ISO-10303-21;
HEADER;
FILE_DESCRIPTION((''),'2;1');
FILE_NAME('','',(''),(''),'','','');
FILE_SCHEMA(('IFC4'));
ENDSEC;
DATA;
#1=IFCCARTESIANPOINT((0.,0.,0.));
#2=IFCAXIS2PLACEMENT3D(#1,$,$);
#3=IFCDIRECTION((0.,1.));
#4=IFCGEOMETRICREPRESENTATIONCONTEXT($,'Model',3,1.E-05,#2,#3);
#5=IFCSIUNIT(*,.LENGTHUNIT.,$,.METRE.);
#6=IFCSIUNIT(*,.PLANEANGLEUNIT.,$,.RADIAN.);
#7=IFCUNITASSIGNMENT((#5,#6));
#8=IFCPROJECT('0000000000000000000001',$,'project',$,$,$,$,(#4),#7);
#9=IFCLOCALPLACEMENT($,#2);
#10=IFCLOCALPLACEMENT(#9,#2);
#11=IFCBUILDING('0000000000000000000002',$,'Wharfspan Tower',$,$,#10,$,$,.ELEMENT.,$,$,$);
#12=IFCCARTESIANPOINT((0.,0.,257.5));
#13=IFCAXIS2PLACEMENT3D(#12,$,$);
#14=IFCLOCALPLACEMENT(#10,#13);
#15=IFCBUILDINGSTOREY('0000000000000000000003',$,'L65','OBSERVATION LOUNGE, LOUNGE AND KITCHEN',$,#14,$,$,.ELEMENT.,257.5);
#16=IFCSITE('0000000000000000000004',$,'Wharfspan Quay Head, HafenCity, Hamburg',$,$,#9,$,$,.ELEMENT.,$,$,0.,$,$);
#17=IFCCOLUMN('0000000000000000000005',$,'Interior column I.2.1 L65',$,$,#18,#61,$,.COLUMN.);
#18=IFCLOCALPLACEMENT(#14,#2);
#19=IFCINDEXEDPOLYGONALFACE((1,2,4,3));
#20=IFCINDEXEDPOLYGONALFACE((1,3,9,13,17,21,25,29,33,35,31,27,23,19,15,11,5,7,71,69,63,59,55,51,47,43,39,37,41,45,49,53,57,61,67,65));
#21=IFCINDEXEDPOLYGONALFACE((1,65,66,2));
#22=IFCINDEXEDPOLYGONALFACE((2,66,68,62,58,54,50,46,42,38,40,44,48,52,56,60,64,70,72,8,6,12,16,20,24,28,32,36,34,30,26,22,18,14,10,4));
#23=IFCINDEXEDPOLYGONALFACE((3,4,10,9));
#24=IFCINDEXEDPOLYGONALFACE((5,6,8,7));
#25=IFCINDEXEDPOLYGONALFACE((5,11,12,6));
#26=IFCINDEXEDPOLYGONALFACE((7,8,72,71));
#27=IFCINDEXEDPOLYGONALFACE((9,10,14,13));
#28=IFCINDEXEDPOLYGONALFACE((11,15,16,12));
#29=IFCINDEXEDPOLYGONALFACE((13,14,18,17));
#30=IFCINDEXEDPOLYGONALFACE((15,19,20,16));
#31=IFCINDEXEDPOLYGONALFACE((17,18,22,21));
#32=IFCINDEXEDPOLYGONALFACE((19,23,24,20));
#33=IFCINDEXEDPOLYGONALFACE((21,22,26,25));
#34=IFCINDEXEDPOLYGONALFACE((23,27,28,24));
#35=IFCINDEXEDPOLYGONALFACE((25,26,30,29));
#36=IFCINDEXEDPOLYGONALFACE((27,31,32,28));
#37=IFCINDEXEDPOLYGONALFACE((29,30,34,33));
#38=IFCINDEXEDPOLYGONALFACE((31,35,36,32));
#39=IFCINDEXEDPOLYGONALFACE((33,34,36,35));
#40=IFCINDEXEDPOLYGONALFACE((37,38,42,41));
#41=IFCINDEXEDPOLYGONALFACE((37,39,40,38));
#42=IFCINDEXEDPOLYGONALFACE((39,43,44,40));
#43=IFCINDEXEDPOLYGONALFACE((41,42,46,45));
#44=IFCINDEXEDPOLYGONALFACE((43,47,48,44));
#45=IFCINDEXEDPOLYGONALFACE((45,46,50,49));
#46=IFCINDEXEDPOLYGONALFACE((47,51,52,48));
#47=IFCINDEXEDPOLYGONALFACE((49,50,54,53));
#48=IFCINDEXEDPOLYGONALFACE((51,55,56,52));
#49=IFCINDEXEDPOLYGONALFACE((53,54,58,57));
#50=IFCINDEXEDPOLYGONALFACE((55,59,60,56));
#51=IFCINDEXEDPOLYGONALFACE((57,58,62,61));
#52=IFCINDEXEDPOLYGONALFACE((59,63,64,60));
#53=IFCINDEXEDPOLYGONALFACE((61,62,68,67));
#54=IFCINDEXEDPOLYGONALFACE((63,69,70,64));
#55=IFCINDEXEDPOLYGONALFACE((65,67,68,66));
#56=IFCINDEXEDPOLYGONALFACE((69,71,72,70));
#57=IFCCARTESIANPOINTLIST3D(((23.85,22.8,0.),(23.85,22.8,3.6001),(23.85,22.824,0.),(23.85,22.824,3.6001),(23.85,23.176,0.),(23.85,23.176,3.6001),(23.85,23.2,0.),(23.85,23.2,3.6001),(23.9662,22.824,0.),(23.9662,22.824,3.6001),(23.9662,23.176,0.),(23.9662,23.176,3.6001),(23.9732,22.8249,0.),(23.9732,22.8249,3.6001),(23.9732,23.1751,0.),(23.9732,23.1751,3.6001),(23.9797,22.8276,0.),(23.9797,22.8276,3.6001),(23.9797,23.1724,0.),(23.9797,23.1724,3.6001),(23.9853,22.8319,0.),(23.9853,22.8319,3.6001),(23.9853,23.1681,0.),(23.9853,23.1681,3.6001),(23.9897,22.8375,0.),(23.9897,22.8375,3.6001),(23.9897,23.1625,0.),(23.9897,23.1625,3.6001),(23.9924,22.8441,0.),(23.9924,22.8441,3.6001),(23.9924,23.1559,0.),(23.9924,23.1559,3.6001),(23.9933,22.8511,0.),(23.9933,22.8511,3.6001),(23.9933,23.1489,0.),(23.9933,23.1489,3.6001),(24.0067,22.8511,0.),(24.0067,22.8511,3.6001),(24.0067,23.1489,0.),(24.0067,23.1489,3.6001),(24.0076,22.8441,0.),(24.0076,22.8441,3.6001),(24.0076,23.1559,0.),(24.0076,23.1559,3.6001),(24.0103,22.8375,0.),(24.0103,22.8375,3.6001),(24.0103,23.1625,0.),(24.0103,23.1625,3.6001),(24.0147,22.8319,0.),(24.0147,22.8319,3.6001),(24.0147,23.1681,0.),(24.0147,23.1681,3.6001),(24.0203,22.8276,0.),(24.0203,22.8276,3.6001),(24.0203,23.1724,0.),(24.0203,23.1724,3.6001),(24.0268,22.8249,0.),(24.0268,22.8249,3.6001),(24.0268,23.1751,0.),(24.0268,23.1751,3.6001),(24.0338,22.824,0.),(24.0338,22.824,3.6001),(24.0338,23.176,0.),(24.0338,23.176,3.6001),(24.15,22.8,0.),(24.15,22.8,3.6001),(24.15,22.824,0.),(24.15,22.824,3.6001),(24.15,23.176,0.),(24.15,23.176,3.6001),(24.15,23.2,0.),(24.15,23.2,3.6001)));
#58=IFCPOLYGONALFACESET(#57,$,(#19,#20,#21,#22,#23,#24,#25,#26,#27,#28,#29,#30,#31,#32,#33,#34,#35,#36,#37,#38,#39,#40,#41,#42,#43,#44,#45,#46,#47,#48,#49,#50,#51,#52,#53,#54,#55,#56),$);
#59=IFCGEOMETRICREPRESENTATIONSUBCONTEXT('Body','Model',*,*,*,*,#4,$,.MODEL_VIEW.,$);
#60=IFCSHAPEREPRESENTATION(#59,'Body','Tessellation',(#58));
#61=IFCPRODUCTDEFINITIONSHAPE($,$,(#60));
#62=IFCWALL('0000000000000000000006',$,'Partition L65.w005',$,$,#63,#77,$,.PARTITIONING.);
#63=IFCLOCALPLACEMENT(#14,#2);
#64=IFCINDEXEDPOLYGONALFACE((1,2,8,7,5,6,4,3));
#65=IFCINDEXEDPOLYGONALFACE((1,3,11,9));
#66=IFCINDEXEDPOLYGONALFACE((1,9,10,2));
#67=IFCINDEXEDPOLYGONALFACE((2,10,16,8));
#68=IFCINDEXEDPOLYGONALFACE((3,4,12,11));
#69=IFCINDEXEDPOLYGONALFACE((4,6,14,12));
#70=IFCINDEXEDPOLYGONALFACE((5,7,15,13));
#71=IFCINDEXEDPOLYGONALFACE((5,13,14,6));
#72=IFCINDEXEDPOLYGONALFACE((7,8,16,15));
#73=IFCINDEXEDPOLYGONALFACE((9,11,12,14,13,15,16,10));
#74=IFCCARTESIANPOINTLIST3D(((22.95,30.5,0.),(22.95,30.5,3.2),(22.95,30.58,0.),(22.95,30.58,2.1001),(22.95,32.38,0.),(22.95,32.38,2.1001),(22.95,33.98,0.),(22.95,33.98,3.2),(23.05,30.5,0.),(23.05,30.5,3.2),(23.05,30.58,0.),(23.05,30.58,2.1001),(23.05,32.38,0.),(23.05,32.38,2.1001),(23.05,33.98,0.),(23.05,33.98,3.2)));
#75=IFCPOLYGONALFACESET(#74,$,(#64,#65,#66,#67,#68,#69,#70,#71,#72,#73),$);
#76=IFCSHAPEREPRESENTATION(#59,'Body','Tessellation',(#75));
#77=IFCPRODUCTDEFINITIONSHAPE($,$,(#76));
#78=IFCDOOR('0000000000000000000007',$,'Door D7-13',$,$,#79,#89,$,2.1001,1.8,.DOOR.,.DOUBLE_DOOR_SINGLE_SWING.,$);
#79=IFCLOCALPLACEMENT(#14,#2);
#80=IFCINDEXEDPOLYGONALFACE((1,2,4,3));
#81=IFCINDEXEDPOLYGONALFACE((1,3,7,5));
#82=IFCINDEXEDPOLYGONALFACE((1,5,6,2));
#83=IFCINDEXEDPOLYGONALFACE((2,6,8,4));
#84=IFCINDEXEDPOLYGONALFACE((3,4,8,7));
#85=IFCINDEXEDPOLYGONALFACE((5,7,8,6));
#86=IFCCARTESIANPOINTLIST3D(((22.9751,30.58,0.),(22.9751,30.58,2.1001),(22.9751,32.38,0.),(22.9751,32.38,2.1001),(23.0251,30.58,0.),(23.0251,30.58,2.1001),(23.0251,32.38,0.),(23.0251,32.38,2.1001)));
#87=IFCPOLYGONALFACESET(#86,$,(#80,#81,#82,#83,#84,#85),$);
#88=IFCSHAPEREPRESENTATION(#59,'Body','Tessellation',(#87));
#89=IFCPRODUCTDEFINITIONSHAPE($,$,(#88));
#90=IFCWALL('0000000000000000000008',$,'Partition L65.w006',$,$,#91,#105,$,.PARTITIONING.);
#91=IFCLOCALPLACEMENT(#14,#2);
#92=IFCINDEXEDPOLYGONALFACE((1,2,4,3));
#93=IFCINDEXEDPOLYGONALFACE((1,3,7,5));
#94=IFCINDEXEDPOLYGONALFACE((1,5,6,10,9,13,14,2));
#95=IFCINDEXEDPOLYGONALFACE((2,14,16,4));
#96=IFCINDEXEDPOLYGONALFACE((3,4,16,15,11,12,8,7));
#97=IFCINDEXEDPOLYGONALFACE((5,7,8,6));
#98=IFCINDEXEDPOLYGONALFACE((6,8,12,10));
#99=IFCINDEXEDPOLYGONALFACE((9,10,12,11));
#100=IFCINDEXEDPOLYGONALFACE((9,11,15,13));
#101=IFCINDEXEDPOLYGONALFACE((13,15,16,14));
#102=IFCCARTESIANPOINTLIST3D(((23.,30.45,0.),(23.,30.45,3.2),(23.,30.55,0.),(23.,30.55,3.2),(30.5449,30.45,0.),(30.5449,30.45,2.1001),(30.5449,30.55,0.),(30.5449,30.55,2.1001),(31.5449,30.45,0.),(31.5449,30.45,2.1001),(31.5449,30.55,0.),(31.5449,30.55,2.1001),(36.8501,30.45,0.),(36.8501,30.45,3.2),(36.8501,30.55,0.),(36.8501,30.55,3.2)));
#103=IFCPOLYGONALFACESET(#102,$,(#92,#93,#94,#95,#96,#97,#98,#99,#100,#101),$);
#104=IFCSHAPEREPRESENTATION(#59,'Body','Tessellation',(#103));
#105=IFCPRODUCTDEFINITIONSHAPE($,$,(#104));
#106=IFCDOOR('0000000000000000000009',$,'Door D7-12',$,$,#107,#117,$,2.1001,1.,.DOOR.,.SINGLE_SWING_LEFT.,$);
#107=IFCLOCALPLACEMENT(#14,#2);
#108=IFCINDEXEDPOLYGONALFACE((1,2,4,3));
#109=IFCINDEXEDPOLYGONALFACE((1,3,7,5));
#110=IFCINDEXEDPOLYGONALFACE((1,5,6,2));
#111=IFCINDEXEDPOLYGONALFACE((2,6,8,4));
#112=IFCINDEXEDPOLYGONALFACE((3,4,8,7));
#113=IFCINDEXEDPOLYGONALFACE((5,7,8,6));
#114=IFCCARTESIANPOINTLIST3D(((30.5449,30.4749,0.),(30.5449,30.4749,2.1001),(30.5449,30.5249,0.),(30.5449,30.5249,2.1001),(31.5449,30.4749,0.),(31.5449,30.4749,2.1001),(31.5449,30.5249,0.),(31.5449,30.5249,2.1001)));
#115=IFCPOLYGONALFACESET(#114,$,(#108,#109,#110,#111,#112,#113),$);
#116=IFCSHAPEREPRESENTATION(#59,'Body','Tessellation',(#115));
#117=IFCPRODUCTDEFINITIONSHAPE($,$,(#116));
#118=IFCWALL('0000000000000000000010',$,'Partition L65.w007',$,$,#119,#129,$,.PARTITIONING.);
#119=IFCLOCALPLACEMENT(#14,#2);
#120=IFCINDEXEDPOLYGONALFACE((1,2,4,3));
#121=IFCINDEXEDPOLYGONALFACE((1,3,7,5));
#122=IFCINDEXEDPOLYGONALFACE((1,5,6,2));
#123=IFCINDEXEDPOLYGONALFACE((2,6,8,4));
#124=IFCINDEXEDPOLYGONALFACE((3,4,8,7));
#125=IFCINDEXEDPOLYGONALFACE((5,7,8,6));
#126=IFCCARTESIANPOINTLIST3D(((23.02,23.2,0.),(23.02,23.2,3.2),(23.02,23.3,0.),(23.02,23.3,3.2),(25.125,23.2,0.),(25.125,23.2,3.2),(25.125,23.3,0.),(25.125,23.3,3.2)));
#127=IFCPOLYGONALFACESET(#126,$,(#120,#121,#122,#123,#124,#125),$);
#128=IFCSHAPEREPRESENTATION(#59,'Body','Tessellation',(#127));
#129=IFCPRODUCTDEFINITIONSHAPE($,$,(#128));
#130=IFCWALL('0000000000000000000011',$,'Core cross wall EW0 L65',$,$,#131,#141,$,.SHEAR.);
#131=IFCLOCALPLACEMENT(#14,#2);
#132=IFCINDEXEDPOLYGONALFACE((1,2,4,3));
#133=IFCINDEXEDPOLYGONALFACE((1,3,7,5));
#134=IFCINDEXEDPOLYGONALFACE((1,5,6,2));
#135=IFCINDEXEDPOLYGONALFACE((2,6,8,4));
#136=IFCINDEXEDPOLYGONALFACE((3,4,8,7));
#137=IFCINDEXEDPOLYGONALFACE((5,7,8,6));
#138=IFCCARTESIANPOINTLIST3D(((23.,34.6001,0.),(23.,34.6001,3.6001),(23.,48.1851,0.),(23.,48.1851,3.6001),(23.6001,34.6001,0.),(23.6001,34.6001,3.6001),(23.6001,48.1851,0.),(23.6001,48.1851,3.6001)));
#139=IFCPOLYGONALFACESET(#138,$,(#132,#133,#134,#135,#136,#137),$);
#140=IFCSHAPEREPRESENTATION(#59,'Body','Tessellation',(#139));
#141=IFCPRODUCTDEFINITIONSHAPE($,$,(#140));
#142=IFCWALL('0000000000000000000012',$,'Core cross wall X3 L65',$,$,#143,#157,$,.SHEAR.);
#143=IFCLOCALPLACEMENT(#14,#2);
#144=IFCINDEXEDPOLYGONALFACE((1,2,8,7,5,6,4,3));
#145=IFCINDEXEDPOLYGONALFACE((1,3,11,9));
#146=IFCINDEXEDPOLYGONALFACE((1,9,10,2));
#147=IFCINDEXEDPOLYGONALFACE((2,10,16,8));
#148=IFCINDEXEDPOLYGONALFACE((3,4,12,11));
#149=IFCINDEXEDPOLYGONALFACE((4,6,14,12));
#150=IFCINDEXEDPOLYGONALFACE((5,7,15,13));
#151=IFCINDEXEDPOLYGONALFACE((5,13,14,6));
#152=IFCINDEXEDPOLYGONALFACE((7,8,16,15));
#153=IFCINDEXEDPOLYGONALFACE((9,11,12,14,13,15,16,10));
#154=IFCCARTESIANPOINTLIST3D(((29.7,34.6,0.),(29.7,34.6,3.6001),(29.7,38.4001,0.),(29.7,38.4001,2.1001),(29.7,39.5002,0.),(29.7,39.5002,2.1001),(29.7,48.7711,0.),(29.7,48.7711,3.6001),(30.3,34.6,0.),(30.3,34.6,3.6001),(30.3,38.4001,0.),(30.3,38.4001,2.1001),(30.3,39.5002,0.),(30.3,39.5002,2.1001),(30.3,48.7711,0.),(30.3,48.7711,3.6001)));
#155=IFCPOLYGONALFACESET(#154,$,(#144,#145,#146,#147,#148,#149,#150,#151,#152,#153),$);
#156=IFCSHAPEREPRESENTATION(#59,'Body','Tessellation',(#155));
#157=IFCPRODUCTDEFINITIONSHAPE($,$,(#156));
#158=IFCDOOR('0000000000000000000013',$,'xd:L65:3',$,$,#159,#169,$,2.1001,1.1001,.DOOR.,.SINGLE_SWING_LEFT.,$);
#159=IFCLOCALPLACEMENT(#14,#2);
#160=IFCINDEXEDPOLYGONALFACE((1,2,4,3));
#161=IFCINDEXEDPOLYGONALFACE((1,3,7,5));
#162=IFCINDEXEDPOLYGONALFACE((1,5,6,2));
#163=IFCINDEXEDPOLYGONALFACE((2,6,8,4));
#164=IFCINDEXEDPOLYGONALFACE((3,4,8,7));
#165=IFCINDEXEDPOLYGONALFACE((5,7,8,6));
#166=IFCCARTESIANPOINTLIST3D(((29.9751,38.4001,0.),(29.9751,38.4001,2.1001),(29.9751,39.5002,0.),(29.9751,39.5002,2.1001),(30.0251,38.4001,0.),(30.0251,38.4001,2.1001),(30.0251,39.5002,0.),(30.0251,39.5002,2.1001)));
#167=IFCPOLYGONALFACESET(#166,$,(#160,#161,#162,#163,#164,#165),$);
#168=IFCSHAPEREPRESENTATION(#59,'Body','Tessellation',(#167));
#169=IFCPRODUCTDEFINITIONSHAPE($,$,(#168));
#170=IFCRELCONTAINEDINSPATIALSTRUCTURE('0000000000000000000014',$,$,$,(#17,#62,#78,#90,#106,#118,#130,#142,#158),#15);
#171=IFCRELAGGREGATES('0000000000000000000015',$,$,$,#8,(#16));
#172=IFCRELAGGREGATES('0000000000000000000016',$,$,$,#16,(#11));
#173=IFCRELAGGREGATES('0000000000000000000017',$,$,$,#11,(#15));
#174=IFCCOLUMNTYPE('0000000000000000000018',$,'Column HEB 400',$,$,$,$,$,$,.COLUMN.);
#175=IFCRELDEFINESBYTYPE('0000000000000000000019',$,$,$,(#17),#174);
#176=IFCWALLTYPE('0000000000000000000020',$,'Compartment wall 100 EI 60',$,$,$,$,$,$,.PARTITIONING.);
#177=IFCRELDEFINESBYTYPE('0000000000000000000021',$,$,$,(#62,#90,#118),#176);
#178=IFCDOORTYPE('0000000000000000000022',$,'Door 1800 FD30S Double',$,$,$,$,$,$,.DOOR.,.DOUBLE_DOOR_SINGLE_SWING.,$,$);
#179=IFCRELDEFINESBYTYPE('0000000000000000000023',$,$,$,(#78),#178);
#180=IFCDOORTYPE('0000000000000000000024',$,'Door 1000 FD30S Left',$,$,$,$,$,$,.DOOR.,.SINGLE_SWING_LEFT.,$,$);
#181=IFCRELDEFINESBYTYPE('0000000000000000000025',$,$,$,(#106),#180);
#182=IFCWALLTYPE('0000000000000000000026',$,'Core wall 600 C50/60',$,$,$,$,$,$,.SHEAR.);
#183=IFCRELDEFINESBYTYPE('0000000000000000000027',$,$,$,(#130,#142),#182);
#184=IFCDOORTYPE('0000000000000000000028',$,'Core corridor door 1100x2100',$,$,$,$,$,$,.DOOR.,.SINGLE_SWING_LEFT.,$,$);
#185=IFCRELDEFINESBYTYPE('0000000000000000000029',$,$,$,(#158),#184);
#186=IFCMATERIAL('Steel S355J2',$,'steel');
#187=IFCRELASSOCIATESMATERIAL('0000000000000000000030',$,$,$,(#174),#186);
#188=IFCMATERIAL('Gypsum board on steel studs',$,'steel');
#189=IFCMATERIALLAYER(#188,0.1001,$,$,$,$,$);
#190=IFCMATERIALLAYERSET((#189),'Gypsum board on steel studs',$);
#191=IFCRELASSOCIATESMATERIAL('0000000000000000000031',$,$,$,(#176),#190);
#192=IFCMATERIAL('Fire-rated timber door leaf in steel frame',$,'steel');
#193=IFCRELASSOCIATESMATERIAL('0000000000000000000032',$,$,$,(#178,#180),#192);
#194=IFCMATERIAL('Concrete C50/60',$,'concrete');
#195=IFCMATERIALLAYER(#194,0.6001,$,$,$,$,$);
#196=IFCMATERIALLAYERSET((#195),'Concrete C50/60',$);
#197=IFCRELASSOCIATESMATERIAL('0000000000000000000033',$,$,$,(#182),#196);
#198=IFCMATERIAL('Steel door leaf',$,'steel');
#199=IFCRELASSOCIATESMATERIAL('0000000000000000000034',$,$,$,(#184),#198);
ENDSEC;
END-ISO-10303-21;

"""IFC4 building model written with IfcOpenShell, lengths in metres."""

from ifc_helpers import new_model, si_unit, direction, frame, frame_2d, origin, origin_2d, place, context, subcontext, project, spatial, rectangle, i_section, extrude, material, layer, layer_set, material_profile, profile_set, type_object, element, fill, save


model = new_model("IFC4")

# Units and contexts
model_context = context("Model", 3, precision=1e-05, world=origin(), true_north=direction((0.0, 1.0)))
body_context = subcontext(model_context, "Body", "Model", "MODEL_VIEW")
ifc_project = project(units=[si_unit("LENGTHUNIT", "METRE"), si_unit("PLANEANGLEUNIT", "RADIAN")], contexts=[model_context])

# Site, building, storey
site_placement = place(None, origin())
site = spatial("IfcSite", under=ifc_project, at=site_placement, Name="Wharfspan Quay Head, HafenCity, Hamburg", CompositionType="ELEMENT", RefElevation=0.0)
building_placement = place(site_placement, origin())
building = spatial("IfcBuilding", under=site, at=building_placement, Name="Wharfspan Tower", CompositionType="ELEMENT")
storey_placement = place(building_placement, frame((0.0, 0.0, 257.5)))
storey = spatial("IfcBuildingStorey", under=building, at=storey_placement, Name="L65", Description="OBSERVATION LOUNGE, LOUNGE AND KITCHEN", CompositionType="ELEMENT", Elevation=257.5)

# Column
ifc_material_1 = material(Name="Steel S355J2", Category="steel")
ifc_material_profile = material_profile(ifc_material_1, i_section(OverallWidth=0.3, OverallDepth=0.3999, WebThickness=0.0134, FlangeThickness=0.0239, FilletRadius=0.0271, at=origin_2d()))
ifc_profile_set = profile_set([ifc_material_profile], Name="Steel S355J2")
column_type = type_object("IfcColumnType", Name="Column HEB 400", PredefinedType="COLUMN", material=ifc_profile_set)
column_placement = place(storey_placement, frame((24.0, 23.0, 0.0), z_axis=(0.0, 0.0, 1.0), x_axis=(1.0, 0.0, 0.0)))
element("IfcColumn", 1, at=column_placement, inside=storey, type_object=column_type, Name="Interior column I.2.1 L65", PredefinedType="COLUMN", context=body_context, shape_type="SweptSolid", body=[
    extrude(i_section(OverallWidth=0.3, OverallDepth=0.3999, WebThickness=0.0134, FlangeThickness=0.0239, FilletRadius=0.0271, at=origin_2d()), origin(), (0.0, 0.0, 1.0), 3.6001),
])

# Walls, openings, doors
ifc_material_2 = material(Name="Gypsum board on steel studs", Category="steel")
ifc_layer_1 = layer(ifc_material_2, 0.1001)
ifc_layer_set_1 = layer_set([ifc_layer_1], Name="Gypsum board on steel studs")
wall_type_1 = type_object("IfcWallType", Name="Compartment wall 100 EI 60", PredefinedType="PARTITIONING", material=ifc_layer_set_1)
wall_1_placement = place(storey_placement, frame((23.0, 30.5, 0.0), z_axis=(0.0, 0.0, 1.0), x_axis=(0.0, 1.0, 0.0)))
wall_1 = element("IfcWall", 2, at=wall_1_placement, inside=storey, type_object=wall_type_1, Name="Partition L65.w005", PredefinedType="PARTITIONING", context=body_context, shape_type="SweptSolid", body=[
    extrude(rectangle(XDim=3.48, YDim=0.1001, at=frame_2d((1.74, 0.0))), origin(), (0.0, 0.0, 1.0), 3.2),
])
opening_1_placement = place(wall_1_placement, frame((0.0801, 0.0, 0.0)))
opening_1 = element("IfcOpeningElement", 3, at=opening_1_placement, cuts=wall_1, PredefinedType="OPENING", context=body_context, shape_type="SweptSolid", body=[
    extrude(rectangle(XDim=1.8, YDim=2.1001, at=frame_2d((0.8999, 1.05))), frame((0.0, 0.0601, 0.0), z_axis=(0.0, -1.0, 0.0), x_axis=(1.0, 0.0, 0.0)), (0.0, 0.0, 1.0), 0.1201),
])
ifc_material_3 = material(Name="Fire-rated timber door leaf in steel frame", Category="steel")
door_type_1 = type_object("IfcDoorType", Name="Door 1800 FD30S Double", OperationType="DOUBLE_DOOR_SINGLE_SWING", PredefinedType="DOOR", material=ifc_material_3)
door_1_placement = place(opening_1_placement, origin())
door_1 = element("IfcDoor", 4, at=door_1_placement, inside=storey, type_object=door_type_1, Name="Door D7-13", OperationType="DOUBLE_DOOR_SINGLE_SWING", OverallHeight=2.1001, OverallWidth=1.8, PredefinedType="DOOR", context=body_context, shape_type="SweptSolid", body=[
    extrude(rectangle(XDim=1.8, YDim=2.1001, at=frame_2d((0.8999, 1.05))), frame((0.0, 0.0249, 0.0), z_axis=(0.0, -1.0, 0.0), x_axis=(1.0, 0.0, 0.0)), (0.0, 0.0, 1.0), 0.05),
])
fill(opening_1, door_1)
wall_2_placement = place(storey_placement, frame((23.0, 30.5, 0.0), z_axis=(0.0, 0.0, 1.0), x_axis=(1.0, 0.0, 0.0)))
wall_2 = element("IfcWall", 5, at=wall_2_placement, inside=storey, type_object=wall_type_1, Name="Partition L65.w006", PredefinedType="PARTITIONING", context=body_context, shape_type="SweptSolid", body=[
    extrude(rectangle(XDim=13.8501, YDim=0.1001, at=frame_2d((6.925, 0.0))), origin(), (0.0, 0.0, 1.0), 3.2),
])
opening_2_placement = place(wall_2_placement, frame((7.5449, 0.0, 0.0)))
opening_2 = element("IfcOpeningElement", 6, at=opening_2_placement, cuts=wall_2, PredefinedType="OPENING", context=body_context, shape_type="SweptSolid", body=[
    extrude(rectangle(XDim=1.0, YDim=2.1001, at=frame_2d((0.5, 1.05))), frame((0.0, 0.0601, 0.0), z_axis=(0.0, -1.0, 0.0), x_axis=(1.0, 0.0, 0.0)), (0.0, 0.0, 1.0), 0.1201),
])
door_type_2 = type_object("IfcDoorType", Name="Door 1000 FD30S Left", OperationType="SINGLE_SWING_LEFT", PredefinedType="DOOR", material=ifc_material_3)
door_2_placement = place(opening_2_placement, origin())
door_2 = element("IfcDoor", 7, at=door_2_placement, inside=storey, type_object=door_type_2, Name="Door D7-12", OperationType="SINGLE_SWING_LEFT", OverallHeight=2.1001, OverallWidth=1.0, PredefinedType="DOOR", context=body_context, shape_type="SweptSolid", body=[
    extrude(rectangle(XDim=1.0, YDim=2.1001, at=frame_2d((0.5, 1.05))), frame((0.0, 0.0249, 0.0), z_axis=(0.0, -1.0, 0.0), x_axis=(1.0, 0.0, 0.0)), (0.0, 0.0, 1.0), 0.05),
])
fill(opening_2, door_2)

# Wall
wall_3_placement = place(storey_placement, frame((23.02, 23.25, 0.0), z_axis=(0.0, 0.0, 1.0), x_axis=(1.0, 0.0, 0.0)))
element("IfcWall", 8, at=wall_3_placement, inside=storey, type_object=wall_type_1, Name="Partition L65.w007", PredefinedType="PARTITIONING", context=body_context, shape_type="SweptSolid", body=[
    extrude(rectangle(XDim=2.105, YDim=0.1001, at=frame_2d((1.0525, 0.0))), origin(), (0.0, 0.0, 1.0), 3.2),
])

# Shared definitions
ifc_material_4 = material(Name="Concrete C50/60", Category="concrete")
ifc_layer_2 = layer(ifc_material_4, 0.6001)
ifc_layer_set_2 = layer_set([ifc_layer_2], Name="Concrete C50/60")
wall_type_2 = type_object("IfcWallType", Name="Core wall 600 C50/60", PredefinedType="SHEAR", material=ifc_layer_set_2)
ifc_material_5 = material(Name="Steel door leaf", Category="steel")

# Wall
wall_4_placement = place(storey_placement, frame((23.3, 34.6001, 0.0), z_axis=(0.0, 0.0, 1.0), x_axis=(0.0, 1.0, 0.0)))
element("IfcWall", 9, at=wall_4_placement, inside=storey, type_object=wall_type_2, Name="Core cross wall EW0 L65", PredefinedType="SHEAR", context=body_context, shape_type="SweptSolid", body=[
    extrude(rectangle(XDim=13.585, YDim=0.6001, at=frame_2d((6.7925, 0.0))), origin(), (0.0, 0.0, 1.0), 3.6001),
])

# Wall, opening, door
wall_5_placement = place(storey_placement, frame((30.0, 34.6001, 0.0), z_axis=(0.0, 0.0, 1.0), x_axis=(0.0, 1.0, 0.0)))
wall_5 = element("IfcWall", 10, at=wall_5_placement, inside=storey, type_object=wall_type_2, Name="Core cross wall X3 L65", PredefinedType="SHEAR", context=body_context, shape_type="SweptSolid", body=[
    extrude(rectangle(XDim=14.1711, YDim=0.6001, at=frame_2d((7.0854, 0.0))), origin(), (0.0, 0.0, 1.0), 3.6001),
])
opening_3_placement = place(wall_5_placement, frame((3.8, 0.0, 0.0)))
opening_3 = element("IfcOpeningElement", 11, at=opening_3_placement, cuts=wall_5, PredefinedType="OPENING", context=body_context, shape_type="SweptSolid", body=[
    extrude(rectangle(XDim=1.1001, YDim=2.1001, at=frame_2d((0.55, 1.05))), frame((0.0, 0.3101, 0.0), z_axis=(0.0, -1.0, 0.0), x_axis=(1.0, 0.0, 0.0)), (0.0, 0.0, 1.0), 0.6201),
])
door_type_3 = type_object("IfcDoorType", Name="Core corridor door 1100x2100", OperationType="SINGLE_SWING_LEFT", PredefinedType="DOOR", material=ifc_material_5)
door_3_placement = place(opening_3_placement, origin())
door_3 = element("IfcDoor", 12, at=door_3_placement, inside=storey, type_object=door_type_3, Name="xd:L65:3", OperationType="SINGLE_SWING_LEFT", OverallHeight=2.1001, OverallWidth=1.1001, PredefinedType="DOOR", context=body_context, shape_type="SweptSolid", body=[
    extrude(rectangle(XDim=1.1001, YDim=2.1001, at=frame_2d((0.55, 1.05))), frame((0.0, 0.0249, 0.0), z_axis=(0.0, -1.0, 0.0), x_axis=(1.0, 0.0, 0.0)), (0.0, 0.0, 1.0), 0.05),
])
fill(opening_3, door_3)

save(model, "model.ifc")
